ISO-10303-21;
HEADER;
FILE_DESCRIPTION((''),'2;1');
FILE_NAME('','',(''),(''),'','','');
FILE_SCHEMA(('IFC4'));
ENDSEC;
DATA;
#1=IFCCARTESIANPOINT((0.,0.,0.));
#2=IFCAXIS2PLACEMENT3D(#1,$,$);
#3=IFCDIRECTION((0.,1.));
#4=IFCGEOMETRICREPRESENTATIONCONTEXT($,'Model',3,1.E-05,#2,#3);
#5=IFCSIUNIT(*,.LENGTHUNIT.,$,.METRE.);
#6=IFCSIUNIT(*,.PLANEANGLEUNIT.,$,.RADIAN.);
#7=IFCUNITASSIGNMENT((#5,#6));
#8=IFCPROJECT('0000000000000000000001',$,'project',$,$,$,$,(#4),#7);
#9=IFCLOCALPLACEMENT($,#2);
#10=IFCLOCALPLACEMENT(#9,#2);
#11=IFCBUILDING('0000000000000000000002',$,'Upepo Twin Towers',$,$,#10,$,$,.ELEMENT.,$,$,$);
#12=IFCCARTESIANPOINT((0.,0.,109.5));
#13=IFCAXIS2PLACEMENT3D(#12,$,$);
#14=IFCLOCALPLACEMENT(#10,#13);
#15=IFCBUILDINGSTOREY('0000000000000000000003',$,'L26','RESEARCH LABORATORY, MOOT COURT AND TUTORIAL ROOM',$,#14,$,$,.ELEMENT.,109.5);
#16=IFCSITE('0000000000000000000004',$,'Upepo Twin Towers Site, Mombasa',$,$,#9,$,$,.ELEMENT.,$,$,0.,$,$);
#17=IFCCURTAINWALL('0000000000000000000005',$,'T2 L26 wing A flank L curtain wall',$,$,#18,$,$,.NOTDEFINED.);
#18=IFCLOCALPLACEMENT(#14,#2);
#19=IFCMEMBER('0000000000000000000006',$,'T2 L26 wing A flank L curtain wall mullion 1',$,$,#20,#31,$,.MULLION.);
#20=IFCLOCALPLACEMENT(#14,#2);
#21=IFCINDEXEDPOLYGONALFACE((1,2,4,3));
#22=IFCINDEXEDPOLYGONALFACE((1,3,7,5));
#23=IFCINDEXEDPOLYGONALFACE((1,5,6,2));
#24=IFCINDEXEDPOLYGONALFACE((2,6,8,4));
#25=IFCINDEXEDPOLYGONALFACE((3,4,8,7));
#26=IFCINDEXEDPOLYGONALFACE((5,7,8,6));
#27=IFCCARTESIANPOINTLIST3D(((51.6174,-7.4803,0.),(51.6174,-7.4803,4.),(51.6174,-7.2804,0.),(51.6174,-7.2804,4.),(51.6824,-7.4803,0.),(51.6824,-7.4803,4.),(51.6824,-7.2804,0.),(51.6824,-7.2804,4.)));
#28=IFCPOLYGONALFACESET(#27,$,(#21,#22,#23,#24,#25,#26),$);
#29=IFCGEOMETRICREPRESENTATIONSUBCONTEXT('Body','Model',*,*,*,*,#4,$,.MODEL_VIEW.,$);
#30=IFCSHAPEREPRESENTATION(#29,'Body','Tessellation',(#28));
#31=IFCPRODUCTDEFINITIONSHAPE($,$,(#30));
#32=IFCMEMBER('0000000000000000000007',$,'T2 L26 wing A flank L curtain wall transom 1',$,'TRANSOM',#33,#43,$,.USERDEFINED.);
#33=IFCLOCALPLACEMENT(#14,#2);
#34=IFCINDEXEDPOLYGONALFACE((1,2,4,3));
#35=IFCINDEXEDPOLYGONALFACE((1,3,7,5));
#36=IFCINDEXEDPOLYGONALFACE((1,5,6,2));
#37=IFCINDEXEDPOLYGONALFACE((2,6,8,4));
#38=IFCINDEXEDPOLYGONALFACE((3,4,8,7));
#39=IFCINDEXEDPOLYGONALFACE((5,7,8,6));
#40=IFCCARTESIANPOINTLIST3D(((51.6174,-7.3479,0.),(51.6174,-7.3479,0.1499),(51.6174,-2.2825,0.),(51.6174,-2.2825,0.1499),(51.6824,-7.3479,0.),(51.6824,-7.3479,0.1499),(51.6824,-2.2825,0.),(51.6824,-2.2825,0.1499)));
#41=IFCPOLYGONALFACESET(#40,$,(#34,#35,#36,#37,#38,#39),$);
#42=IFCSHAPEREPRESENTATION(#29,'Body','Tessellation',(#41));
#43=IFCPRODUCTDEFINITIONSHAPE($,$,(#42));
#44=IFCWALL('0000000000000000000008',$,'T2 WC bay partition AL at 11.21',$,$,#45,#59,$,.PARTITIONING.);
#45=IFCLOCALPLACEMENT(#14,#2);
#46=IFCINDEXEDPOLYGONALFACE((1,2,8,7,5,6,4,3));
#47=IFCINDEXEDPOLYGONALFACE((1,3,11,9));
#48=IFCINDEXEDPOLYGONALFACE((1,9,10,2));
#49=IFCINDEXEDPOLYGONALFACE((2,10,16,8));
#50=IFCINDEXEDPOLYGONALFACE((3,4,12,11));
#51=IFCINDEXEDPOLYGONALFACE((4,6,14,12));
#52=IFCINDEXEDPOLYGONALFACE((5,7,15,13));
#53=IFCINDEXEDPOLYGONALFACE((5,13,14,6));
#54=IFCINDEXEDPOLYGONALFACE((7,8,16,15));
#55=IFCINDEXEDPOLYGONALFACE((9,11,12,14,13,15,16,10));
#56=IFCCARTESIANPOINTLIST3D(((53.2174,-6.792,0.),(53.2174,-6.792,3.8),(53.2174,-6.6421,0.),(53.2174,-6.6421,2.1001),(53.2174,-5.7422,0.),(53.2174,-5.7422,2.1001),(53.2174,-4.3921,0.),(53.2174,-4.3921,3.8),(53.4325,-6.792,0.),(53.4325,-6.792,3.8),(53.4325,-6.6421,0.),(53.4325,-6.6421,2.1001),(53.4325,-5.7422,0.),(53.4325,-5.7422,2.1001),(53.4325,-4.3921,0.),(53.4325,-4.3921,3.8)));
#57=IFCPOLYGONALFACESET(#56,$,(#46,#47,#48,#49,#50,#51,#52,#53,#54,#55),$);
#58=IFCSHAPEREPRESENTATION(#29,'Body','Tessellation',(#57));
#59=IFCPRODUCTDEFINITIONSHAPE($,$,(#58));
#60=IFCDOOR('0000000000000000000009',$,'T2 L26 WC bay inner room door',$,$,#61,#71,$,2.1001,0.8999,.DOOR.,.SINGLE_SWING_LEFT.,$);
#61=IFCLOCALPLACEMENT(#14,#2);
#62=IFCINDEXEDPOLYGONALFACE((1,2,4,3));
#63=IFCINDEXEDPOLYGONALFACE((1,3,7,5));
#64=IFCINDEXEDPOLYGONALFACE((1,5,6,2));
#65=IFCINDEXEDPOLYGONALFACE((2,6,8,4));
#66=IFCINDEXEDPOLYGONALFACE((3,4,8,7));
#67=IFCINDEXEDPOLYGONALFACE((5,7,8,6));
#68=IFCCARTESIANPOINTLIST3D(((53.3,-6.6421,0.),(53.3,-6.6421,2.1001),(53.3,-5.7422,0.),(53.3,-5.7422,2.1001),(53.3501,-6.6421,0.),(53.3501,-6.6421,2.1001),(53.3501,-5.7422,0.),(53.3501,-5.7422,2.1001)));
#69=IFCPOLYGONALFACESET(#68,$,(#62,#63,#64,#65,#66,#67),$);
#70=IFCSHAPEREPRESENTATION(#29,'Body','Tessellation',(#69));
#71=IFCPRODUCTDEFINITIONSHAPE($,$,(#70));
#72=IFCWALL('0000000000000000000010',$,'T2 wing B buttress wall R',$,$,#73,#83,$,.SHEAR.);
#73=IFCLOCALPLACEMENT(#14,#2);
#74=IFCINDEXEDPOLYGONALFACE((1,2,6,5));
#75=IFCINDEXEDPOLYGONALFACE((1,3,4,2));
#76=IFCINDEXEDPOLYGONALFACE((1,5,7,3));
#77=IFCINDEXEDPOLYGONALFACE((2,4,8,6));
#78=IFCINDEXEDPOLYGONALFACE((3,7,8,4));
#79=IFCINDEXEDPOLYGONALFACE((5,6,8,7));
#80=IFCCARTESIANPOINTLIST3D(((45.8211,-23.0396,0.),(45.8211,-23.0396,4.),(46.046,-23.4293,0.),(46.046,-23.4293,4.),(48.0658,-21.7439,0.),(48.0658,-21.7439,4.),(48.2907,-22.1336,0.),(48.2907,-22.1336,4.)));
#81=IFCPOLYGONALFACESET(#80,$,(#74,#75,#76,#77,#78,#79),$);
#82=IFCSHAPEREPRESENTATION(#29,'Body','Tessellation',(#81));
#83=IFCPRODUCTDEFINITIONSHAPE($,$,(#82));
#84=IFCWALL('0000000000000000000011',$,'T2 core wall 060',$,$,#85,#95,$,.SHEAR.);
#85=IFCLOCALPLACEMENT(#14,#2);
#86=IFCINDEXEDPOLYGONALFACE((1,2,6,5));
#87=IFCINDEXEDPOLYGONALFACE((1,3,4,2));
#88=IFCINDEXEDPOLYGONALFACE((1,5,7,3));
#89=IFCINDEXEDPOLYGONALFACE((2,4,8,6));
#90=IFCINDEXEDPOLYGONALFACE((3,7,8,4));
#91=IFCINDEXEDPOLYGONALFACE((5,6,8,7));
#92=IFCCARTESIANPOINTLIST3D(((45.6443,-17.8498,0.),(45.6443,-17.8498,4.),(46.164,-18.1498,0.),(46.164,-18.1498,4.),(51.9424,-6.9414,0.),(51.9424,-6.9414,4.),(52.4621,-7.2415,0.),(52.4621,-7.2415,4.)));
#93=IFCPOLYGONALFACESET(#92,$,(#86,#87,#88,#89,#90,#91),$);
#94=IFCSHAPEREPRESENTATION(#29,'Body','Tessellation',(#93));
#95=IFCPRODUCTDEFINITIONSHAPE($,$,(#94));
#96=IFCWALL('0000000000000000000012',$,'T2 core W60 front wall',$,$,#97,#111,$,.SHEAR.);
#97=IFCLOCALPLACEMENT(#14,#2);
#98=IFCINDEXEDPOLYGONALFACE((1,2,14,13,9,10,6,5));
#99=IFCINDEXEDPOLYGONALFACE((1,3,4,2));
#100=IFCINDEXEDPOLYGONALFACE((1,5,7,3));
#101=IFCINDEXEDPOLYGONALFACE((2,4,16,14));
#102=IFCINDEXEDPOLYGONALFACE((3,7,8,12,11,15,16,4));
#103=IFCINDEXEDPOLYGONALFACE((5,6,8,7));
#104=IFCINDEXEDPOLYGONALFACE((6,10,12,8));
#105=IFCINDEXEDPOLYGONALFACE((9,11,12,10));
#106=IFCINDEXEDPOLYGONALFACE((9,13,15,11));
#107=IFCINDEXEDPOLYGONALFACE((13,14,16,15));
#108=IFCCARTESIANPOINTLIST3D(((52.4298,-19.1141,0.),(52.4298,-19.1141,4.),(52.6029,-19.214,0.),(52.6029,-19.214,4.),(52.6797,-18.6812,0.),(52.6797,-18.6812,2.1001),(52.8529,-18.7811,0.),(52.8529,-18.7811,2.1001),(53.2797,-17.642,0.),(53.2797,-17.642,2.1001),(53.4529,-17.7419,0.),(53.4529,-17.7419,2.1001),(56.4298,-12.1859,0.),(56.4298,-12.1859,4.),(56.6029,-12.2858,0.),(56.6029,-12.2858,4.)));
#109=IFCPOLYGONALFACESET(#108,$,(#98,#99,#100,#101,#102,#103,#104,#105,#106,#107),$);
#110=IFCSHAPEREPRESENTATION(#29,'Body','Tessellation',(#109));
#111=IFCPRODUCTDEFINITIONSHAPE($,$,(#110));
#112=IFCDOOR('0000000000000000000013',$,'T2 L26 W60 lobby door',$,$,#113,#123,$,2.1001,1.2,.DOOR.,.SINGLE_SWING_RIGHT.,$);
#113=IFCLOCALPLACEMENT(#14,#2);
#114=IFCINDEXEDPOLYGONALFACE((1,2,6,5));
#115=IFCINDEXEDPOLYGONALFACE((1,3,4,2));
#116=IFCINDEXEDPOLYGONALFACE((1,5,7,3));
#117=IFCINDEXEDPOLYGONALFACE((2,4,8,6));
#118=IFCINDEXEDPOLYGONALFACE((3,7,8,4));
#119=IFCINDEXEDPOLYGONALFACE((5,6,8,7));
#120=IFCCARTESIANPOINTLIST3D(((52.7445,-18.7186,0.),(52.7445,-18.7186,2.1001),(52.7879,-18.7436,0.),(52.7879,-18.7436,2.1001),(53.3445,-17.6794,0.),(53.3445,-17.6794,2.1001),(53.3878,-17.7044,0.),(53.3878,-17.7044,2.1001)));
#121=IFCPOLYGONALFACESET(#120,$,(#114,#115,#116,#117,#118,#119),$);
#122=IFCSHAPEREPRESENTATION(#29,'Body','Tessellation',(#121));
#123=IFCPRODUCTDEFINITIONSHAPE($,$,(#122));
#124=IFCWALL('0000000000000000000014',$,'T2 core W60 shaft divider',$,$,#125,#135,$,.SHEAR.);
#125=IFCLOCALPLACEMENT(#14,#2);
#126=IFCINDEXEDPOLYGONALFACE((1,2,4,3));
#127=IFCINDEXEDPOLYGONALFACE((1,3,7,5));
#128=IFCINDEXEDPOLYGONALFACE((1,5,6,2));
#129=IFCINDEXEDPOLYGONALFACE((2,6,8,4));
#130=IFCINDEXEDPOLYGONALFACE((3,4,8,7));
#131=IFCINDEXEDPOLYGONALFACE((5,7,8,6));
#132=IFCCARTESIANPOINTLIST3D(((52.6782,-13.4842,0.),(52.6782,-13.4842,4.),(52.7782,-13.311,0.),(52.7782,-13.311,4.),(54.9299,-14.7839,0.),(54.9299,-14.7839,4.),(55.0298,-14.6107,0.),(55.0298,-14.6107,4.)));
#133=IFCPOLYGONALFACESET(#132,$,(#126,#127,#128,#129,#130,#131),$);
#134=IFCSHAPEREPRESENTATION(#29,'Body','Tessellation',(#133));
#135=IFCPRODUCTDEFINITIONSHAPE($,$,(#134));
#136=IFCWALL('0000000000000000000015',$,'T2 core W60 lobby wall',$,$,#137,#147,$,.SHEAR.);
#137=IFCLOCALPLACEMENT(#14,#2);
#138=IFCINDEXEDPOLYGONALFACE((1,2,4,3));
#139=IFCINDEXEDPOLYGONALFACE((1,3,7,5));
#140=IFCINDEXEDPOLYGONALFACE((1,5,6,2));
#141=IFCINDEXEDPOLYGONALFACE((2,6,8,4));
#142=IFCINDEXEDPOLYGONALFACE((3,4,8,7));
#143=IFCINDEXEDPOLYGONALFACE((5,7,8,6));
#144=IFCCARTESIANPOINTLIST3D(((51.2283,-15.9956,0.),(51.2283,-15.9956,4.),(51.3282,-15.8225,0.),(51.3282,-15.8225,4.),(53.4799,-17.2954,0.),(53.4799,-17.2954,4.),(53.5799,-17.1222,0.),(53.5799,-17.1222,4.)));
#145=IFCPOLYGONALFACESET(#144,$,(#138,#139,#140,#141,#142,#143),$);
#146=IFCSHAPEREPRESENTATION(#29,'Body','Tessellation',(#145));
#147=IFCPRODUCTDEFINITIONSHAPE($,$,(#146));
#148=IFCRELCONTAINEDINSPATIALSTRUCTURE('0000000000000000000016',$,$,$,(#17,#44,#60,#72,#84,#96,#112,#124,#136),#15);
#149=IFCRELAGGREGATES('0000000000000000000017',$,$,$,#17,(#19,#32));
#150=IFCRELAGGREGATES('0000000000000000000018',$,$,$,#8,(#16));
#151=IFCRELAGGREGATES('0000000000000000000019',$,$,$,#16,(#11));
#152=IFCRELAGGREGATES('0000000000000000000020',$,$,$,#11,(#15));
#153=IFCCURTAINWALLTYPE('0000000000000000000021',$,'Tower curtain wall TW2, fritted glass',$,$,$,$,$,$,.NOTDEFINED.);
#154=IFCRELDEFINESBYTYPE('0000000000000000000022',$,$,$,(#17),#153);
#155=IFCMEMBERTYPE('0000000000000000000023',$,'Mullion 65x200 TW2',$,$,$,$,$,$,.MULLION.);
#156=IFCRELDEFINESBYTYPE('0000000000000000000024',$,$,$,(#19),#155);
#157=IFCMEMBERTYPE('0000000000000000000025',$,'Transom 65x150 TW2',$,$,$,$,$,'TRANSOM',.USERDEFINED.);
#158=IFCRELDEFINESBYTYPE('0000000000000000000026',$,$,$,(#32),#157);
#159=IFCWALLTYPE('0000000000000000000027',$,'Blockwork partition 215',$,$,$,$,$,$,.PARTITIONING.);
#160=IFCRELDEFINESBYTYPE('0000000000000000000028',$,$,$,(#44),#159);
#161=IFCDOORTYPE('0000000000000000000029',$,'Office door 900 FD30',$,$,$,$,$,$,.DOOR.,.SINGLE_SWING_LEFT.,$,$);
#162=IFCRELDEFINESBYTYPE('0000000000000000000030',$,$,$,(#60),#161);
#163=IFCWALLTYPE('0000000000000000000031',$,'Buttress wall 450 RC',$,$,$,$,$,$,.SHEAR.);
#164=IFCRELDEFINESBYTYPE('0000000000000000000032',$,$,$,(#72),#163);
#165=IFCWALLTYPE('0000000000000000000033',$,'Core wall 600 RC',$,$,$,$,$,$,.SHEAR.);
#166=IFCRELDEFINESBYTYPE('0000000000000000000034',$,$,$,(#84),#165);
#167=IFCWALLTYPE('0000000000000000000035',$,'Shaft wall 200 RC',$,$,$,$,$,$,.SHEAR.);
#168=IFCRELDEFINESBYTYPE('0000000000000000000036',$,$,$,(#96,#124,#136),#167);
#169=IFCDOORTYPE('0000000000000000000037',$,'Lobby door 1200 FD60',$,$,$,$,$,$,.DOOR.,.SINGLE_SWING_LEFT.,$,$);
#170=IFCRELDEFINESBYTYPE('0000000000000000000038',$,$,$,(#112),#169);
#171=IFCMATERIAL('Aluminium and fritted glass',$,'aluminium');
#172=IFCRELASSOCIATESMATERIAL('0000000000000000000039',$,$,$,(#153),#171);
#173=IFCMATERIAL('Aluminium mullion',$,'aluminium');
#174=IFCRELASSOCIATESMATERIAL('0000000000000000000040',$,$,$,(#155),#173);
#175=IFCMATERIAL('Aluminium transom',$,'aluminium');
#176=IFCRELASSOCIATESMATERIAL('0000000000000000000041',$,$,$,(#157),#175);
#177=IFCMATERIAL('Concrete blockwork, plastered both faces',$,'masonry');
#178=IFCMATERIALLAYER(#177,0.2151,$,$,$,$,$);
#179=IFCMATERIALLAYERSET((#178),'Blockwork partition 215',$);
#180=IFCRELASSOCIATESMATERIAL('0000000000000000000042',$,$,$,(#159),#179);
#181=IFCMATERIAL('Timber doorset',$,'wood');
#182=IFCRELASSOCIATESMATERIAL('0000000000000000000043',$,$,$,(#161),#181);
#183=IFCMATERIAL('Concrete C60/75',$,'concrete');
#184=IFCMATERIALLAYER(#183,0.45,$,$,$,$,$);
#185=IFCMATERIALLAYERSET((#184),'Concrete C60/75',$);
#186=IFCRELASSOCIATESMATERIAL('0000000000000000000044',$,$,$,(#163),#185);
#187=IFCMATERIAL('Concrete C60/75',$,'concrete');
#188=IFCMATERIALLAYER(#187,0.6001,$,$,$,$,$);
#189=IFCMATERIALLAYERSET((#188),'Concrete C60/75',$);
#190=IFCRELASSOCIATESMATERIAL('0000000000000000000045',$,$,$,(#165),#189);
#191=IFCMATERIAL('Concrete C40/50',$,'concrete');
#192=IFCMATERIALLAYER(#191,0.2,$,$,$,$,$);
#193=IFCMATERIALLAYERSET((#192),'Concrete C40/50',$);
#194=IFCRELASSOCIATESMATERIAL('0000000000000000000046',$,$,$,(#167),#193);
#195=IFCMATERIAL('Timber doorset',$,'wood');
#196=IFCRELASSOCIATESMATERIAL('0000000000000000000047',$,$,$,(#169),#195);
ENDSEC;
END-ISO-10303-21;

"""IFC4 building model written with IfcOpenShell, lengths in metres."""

from ifc_helpers import new_model, si_unit, direction, frame, frame_2d, origin, origin_2d, place, context, subcontext, project, spatial, rectangle, extrude, material, layer, layer_set, material_profile, profile_set, type_object, element, fill, aggregate, save


model = new_model("IFC4")

# Units and contexts
model_context = context("Model", 3, precision=1e-05, world=origin(), true_north=direction((0.0, 1.0)))
body_context = subcontext(model_context, "Body", "Model", "MODEL_VIEW")
ifc_project = project(units=[si_unit("LENGTHUNIT", "METRE"), si_unit("PLANEANGLEUNIT", "RADIAN")], contexts=[model_context])

# Site, building, storey
site_placement = place(None, origin())
site = spatial("IfcSite", under=ifc_project, at=site_placement, Name="Upepo Twin Towers Site, Mombasa", CompositionType="ELEMENT", RefElevation=0.0)
building_placement = place(site_placement, origin())
building = spatial("IfcBuilding", under=site, at=building_placement, Name="Upepo Twin Towers", CompositionType="ELEMENT")
storey_placement = place(building_placement, frame((0.0, 0.0, 109.5)))
storey = spatial("IfcBuildingStorey", under=building, at=storey_placement, Name="L26", Description="RESEARCH LABORATORY, MOOT COURT AND TUTORIAL ROOM", CompositionType="ELEMENT", Elevation=109.5)

# Curtain wall, members
ifc_material_1 = material(Name="Aluminium and fritted glass", Category="aluminium")
curtain_wall_type = type_object("IfcCurtainWallType", Name="Tower curtain wall TW2, fritted glass", PredefinedType="NOTDEFINED", material=ifc_material_1)
curtain_wall_placement = place(storey_placement, origin())
curtain_wall = element("IfcCurtainWall", 1, at=curtain_wall_placement, inside=storey, type_object=curtain_wall_type, Name="T2 L26 wing A flank L curtain wall", PredefinedType="NOTDEFINED")
ifc_material_2 = material(Name="Aluminium mullion", Category="aluminium")
ifc_material_profile_1 = material_profile(ifc_material_2, rectangle(XDim=0.0649, YDim=0.2, at=origin_2d()), Name="MULLION 65x200")
ifc_profile_set_1 = profile_set([ifc_material_profile_1], Name="Aluminium mullion")
member_type_1 = type_object("IfcMemberType", Name="Mullion 65x200 TW2", PredefinedType="MULLION", material=ifc_profile_set_1)
member_1_placement = place(storey_placement, frame((51.6499, -7.3804, 0.0), z_axis=(0.0, 0.0, 1.0), x_axis=(-1.0, 0.0, 0.0)))
member_1 = element("IfcMember", 2, at=member_1_placement, type_object=member_type_1, Name="T2 L26 wing A flank L curtain wall mullion 1", PredefinedType="MULLION", context=body_context, shape_type="SweptSolid", body=[
    extrude(rectangle(XDim=0.0649, YDim=0.2, at=origin_2d()), origin(), (0.0, 0.0, 1.0), 4.0),
])
ifc_material_3 = material(Name="Aluminium transom", Category="aluminium")
ifc_material_profile_2 = material_profile(ifc_material_3, rectangle(XDim=0.0649, YDim=0.1499, at=origin_2d()), Name="TRANSOM 65x150")
ifc_profile_set_2 = profile_set([ifc_material_profile_2], Name="Aluminium transom")
member_type_2 = type_object("IfcMemberType", Name="Transom 65x150 TW2", ElementType="TRANSOM", PredefinedType="USERDEFINED", material=ifc_profile_set_2)
member_2_placement = place(storey_placement, frame((51.6499, -7.3479, 0.075), z_axis=(0.0, 1.0, 0.0), x_axis=(-1.0, 0.0, 0.0)))
member_2 = element("IfcMember", 3, at=member_2_placement, type_object=member_type_2, Name="T2 L26 wing A flank L curtain wall transom 1", ObjectType="TRANSOM", PredefinedType="USERDEFINED", context=body_context, shape_type="SweptSolid", body=[
    extrude(rectangle(XDim=0.0649, YDim=0.1499, at=origin_2d()), origin(), (0.0, 0.0, 1.0), 5.0654),
])
aggregate(curtain_wall, [member_1, member_2])

# Wall, opening, door
ifc_material_4 = material(Name="Concrete blockwork, plastered both faces", Category="masonry")
ifc_layer_1 = layer(ifc_material_4, 0.2151)
ifc_layer_set_1 = layer_set([ifc_layer_1], Name="Blockwork partition 215")
wall_type_1 = type_object("IfcWallType", Name="Blockwork partition 215", PredefinedType="PARTITIONING", material=ifc_layer_set_1)
wall_1_placement = place(storey_placement, frame((53.325, -6.792, 0.0), z_axis=(0.0, 0.0, 1.0), x_axis=(0.0, 1.0, 0.0)))
wall_1 = element("IfcWall", 4, at=wall_1_placement, inside=storey, type_object=wall_type_1, Name="T2 WC bay partition AL at 11.21", PredefinedType="PARTITIONING", context=body_context, shape_type="SweptSolid", body=[
    extrude(rectangle(XDim=2.3999, YDim=0.2151, at=frame_2d((1.2, 0.0))), origin(), (0.0, 0.0, 1.0), 3.8),
])
opening_1_placement = place(wall_1_placement, frame((0.1499, 0.0, 0.0)))
opening_1 = element("IfcOpeningElement", 5, at=opening_1_placement, cuts=wall_1, PredefinedType="OPENING", context=body_context, shape_type="SweptSolid", body=[
    extrude(rectangle(XDim=0.8999, YDim=2.1001, at=frame_2d((0.45, 1.05))), frame((0.0, 0.1174, 0.0), z_axis=(0.0, -1.0, 0.0), x_axis=(1.0, 0.0, 0.0)), (0.0, 0.0, 1.0), 0.2351),
])
ifc_material_5 = material(Name="Timber doorset", Category="wood")
door_type_1 = type_object("IfcDoorType", Name="Office door 900 FD30", OperationType="SINGLE_SWING_LEFT", PredefinedType="DOOR", material=ifc_material_5)
door_1_placement = place(opening_1_placement, origin())
door_1 = element("IfcDoor", 6, at=door_1_placement, inside=storey, type_object=door_type_1, Name="T2 L26 WC bay inner room door", OperationType="SINGLE_SWING_LEFT", OverallHeight=2.1001, OverallWidth=0.8999, PredefinedType="DOOR", context=body_context, shape_type="SweptSolid", body=[
    extrude(rectangle(XDim=0.8999, YDim=2.1001, at=frame_2d((0.45, 1.05))), frame((0.0, 0.0249, 0.0), z_axis=(0.0, -1.0, 0.0), x_axis=(1.0, 0.0, 0.0)), (0.0, 0.0, 1.0), 0.05),
])
fill(opening_1, door_1)

# Walls
ifc_material_6 = material(Name="Concrete C60/75", Category="concrete")
ifc_layer_2 = layer(ifc_material_6, 0.45)
ifc_layer_set_2 = layer_set([ifc_layer_2], Name="Concrete C60/75")
wall_type_2 = type_object("IfcWallType", Name="Buttress wall 450 RC", PredefinedType="SHEAR", material=ifc_layer_set_2)
wall_2_placement = place(storey_placement, frame((48.1782, -21.9387, 0.0), z_axis=(0.0, 0.0, 1.0), x_axis=(-0.866073, -0.499918, 0.0)))
element("IfcWall", 7, at=wall_2_placement, inside=storey, type_object=wall_type_2, Name="T2 wing B buttress wall R", PredefinedType="SHEAR", context=body_context, shape_type="SweptSolid", body=[
    extrude(rectangle(XDim=2.5918, YDim=0.45, at=frame_2d((1.2959, 0.0))), origin(), (0.0, 0.0, 1.0), 4.0),
])
ifc_material_7 = material(Name="Concrete C60/75", Category="concrete")
ifc_layer_3 = layer(ifc_material_7, 0.6001)
ifc_layer_set_3 = layer_set([ifc_layer_3], Name="Concrete C60/75")
wall_type_3 = type_object("IfcWallType", Name="Core wall 600 RC", PredefinedType="SHEAR", material=ifc_layer_set_3)
wall_3_placement = place(storey_placement, frame((52.2021, -7.0916, 0.0), z_axis=(0.0, 0.0, 1.0), x_axis=(-0.500006, -0.866022, 0.0)))
element("IfcWall", 8, at=wall_3_placement, inside=storey, type_object=wall_type_3, Name="T2 core wall 060", PredefinedType="SHEAR", context=body_context, shape_type="SweptSolid", body=[
    extrude(rectangle(XDim=12.5959, YDim=0.6001, at=frame_2d((6.2979, 0.0))), origin(), (0.0, 0.0, 1.0), 4.0),
])

# Wall, opening, door
ifc_material_8 = material(Name="Concrete C40/50", Category="concrete")
ifc_layer_4 = layer(ifc_material_8, 0.2)
ifc_layer_set_4 = layer_set([ifc_layer_4], Name="Concrete C40/50")
wall_type_4 = type_object("IfcWallType", Name="Shaft wall 200 RC", PredefinedType="SHEAR", material=ifc_layer_set_4)
wall_4_placement = place(storey_placement, frame((56.5164, -12.2358, 0.0), z_axis=(0.0, 0.0, 1.0), x_axis=(-0.499999, -0.866026, 0.0)))
wall_4 = element("IfcWall", 9, at=wall_4_placement, inside=storey, type_object=wall_type_4, Name="T2 core W60 front wall", PredefinedType="SHEAR", context=body_context, shape_type="SweptSolid", body=[
    extrude(rectangle(XDim=8.0, YDim=0.2, at=frame_2d((4.0, 0.0))), origin(), (0.0, 0.0, 1.0), 4.0),
])
opening_2_placement = place(wall_4_placement, frame((6.3, 0.0, 0.0)))
opening_2 = element("IfcOpeningElement", 10, at=opening_2_placement, cuts=wall_4, PredefinedType="OPENING", context=body_context, shape_type="SweptSolid", body=[
    extrude(rectangle(XDim=1.2, YDim=2.1001, at=frame_2d((0.6001, 1.05))), frame((0.0, 0.1099, 0.0), z_axis=(0.0, -1.0, 0.0), x_axis=(1.0, 0.0, 0.0)), (0.0, 0.0, 1.0), 0.22),
])
ifc_material_9 = material(Name="Timber doorset", Category="wood")
door_type_2 = type_object("IfcDoorType", Name="Lobby door 1200 FD60", OperationType="SINGLE_SWING_LEFT", PredefinedType="DOOR", material=ifc_material_9)
door_2_placement = place(opening_2_placement, origin())
door_2 = element("IfcDoor", 11, at=door_2_placement, inside=storey, type_object=door_type_2, Name="T2 L26 W60 lobby door", OperationType="SINGLE_SWING_RIGHT", OverallHeight=2.1001, OverallWidth=1.2, PredefinedType="DOOR", context=body_context, shape_type="SweptSolid", body=[
    extrude(rectangle(XDim=1.2, YDim=2.1001, at=frame_2d((0.6001, 1.05))), frame((0.0, 0.0249, 0.0), z_axis=(0.0, -1.0, 0.0), x_axis=(1.0, 0.0, 0.0)), (0.0, 0.0, 1.0), 0.05),
])
fill(opening_2, door_2)

# Walls
for number, where, z_axis, x_axis, name in (
    (12, (54.9797, -14.6973, 0.0), (0.0, 0.0, 1.0), (-0.866062, 0.499937, 0.0), "T2 core W60 shaft divider"),
    (13, (53.5298, -17.2087, 0.0), (0.0, 0.0, 1.0), (-0.866062, 0.499937, 0.0), "T2 core W60 lobby wall"),
):
    element("IfcWall", number, at=place(storey_placement, frame(where, z_axis=z_axis, x_axis=x_axis)), inside=storey, type_object=wall_type_4, Name=name, PredefinedType="SHEAR", context=body_context, shape_type="SweptSolid", body=[
        extrude(rectangle(XDim=2.5999, YDim=0.2, at=frame_2d((1.2998, 0.0))), origin(), (0.0, 0.0, 1.0), 4.0),
    ])

save(model, "model.ifc")
